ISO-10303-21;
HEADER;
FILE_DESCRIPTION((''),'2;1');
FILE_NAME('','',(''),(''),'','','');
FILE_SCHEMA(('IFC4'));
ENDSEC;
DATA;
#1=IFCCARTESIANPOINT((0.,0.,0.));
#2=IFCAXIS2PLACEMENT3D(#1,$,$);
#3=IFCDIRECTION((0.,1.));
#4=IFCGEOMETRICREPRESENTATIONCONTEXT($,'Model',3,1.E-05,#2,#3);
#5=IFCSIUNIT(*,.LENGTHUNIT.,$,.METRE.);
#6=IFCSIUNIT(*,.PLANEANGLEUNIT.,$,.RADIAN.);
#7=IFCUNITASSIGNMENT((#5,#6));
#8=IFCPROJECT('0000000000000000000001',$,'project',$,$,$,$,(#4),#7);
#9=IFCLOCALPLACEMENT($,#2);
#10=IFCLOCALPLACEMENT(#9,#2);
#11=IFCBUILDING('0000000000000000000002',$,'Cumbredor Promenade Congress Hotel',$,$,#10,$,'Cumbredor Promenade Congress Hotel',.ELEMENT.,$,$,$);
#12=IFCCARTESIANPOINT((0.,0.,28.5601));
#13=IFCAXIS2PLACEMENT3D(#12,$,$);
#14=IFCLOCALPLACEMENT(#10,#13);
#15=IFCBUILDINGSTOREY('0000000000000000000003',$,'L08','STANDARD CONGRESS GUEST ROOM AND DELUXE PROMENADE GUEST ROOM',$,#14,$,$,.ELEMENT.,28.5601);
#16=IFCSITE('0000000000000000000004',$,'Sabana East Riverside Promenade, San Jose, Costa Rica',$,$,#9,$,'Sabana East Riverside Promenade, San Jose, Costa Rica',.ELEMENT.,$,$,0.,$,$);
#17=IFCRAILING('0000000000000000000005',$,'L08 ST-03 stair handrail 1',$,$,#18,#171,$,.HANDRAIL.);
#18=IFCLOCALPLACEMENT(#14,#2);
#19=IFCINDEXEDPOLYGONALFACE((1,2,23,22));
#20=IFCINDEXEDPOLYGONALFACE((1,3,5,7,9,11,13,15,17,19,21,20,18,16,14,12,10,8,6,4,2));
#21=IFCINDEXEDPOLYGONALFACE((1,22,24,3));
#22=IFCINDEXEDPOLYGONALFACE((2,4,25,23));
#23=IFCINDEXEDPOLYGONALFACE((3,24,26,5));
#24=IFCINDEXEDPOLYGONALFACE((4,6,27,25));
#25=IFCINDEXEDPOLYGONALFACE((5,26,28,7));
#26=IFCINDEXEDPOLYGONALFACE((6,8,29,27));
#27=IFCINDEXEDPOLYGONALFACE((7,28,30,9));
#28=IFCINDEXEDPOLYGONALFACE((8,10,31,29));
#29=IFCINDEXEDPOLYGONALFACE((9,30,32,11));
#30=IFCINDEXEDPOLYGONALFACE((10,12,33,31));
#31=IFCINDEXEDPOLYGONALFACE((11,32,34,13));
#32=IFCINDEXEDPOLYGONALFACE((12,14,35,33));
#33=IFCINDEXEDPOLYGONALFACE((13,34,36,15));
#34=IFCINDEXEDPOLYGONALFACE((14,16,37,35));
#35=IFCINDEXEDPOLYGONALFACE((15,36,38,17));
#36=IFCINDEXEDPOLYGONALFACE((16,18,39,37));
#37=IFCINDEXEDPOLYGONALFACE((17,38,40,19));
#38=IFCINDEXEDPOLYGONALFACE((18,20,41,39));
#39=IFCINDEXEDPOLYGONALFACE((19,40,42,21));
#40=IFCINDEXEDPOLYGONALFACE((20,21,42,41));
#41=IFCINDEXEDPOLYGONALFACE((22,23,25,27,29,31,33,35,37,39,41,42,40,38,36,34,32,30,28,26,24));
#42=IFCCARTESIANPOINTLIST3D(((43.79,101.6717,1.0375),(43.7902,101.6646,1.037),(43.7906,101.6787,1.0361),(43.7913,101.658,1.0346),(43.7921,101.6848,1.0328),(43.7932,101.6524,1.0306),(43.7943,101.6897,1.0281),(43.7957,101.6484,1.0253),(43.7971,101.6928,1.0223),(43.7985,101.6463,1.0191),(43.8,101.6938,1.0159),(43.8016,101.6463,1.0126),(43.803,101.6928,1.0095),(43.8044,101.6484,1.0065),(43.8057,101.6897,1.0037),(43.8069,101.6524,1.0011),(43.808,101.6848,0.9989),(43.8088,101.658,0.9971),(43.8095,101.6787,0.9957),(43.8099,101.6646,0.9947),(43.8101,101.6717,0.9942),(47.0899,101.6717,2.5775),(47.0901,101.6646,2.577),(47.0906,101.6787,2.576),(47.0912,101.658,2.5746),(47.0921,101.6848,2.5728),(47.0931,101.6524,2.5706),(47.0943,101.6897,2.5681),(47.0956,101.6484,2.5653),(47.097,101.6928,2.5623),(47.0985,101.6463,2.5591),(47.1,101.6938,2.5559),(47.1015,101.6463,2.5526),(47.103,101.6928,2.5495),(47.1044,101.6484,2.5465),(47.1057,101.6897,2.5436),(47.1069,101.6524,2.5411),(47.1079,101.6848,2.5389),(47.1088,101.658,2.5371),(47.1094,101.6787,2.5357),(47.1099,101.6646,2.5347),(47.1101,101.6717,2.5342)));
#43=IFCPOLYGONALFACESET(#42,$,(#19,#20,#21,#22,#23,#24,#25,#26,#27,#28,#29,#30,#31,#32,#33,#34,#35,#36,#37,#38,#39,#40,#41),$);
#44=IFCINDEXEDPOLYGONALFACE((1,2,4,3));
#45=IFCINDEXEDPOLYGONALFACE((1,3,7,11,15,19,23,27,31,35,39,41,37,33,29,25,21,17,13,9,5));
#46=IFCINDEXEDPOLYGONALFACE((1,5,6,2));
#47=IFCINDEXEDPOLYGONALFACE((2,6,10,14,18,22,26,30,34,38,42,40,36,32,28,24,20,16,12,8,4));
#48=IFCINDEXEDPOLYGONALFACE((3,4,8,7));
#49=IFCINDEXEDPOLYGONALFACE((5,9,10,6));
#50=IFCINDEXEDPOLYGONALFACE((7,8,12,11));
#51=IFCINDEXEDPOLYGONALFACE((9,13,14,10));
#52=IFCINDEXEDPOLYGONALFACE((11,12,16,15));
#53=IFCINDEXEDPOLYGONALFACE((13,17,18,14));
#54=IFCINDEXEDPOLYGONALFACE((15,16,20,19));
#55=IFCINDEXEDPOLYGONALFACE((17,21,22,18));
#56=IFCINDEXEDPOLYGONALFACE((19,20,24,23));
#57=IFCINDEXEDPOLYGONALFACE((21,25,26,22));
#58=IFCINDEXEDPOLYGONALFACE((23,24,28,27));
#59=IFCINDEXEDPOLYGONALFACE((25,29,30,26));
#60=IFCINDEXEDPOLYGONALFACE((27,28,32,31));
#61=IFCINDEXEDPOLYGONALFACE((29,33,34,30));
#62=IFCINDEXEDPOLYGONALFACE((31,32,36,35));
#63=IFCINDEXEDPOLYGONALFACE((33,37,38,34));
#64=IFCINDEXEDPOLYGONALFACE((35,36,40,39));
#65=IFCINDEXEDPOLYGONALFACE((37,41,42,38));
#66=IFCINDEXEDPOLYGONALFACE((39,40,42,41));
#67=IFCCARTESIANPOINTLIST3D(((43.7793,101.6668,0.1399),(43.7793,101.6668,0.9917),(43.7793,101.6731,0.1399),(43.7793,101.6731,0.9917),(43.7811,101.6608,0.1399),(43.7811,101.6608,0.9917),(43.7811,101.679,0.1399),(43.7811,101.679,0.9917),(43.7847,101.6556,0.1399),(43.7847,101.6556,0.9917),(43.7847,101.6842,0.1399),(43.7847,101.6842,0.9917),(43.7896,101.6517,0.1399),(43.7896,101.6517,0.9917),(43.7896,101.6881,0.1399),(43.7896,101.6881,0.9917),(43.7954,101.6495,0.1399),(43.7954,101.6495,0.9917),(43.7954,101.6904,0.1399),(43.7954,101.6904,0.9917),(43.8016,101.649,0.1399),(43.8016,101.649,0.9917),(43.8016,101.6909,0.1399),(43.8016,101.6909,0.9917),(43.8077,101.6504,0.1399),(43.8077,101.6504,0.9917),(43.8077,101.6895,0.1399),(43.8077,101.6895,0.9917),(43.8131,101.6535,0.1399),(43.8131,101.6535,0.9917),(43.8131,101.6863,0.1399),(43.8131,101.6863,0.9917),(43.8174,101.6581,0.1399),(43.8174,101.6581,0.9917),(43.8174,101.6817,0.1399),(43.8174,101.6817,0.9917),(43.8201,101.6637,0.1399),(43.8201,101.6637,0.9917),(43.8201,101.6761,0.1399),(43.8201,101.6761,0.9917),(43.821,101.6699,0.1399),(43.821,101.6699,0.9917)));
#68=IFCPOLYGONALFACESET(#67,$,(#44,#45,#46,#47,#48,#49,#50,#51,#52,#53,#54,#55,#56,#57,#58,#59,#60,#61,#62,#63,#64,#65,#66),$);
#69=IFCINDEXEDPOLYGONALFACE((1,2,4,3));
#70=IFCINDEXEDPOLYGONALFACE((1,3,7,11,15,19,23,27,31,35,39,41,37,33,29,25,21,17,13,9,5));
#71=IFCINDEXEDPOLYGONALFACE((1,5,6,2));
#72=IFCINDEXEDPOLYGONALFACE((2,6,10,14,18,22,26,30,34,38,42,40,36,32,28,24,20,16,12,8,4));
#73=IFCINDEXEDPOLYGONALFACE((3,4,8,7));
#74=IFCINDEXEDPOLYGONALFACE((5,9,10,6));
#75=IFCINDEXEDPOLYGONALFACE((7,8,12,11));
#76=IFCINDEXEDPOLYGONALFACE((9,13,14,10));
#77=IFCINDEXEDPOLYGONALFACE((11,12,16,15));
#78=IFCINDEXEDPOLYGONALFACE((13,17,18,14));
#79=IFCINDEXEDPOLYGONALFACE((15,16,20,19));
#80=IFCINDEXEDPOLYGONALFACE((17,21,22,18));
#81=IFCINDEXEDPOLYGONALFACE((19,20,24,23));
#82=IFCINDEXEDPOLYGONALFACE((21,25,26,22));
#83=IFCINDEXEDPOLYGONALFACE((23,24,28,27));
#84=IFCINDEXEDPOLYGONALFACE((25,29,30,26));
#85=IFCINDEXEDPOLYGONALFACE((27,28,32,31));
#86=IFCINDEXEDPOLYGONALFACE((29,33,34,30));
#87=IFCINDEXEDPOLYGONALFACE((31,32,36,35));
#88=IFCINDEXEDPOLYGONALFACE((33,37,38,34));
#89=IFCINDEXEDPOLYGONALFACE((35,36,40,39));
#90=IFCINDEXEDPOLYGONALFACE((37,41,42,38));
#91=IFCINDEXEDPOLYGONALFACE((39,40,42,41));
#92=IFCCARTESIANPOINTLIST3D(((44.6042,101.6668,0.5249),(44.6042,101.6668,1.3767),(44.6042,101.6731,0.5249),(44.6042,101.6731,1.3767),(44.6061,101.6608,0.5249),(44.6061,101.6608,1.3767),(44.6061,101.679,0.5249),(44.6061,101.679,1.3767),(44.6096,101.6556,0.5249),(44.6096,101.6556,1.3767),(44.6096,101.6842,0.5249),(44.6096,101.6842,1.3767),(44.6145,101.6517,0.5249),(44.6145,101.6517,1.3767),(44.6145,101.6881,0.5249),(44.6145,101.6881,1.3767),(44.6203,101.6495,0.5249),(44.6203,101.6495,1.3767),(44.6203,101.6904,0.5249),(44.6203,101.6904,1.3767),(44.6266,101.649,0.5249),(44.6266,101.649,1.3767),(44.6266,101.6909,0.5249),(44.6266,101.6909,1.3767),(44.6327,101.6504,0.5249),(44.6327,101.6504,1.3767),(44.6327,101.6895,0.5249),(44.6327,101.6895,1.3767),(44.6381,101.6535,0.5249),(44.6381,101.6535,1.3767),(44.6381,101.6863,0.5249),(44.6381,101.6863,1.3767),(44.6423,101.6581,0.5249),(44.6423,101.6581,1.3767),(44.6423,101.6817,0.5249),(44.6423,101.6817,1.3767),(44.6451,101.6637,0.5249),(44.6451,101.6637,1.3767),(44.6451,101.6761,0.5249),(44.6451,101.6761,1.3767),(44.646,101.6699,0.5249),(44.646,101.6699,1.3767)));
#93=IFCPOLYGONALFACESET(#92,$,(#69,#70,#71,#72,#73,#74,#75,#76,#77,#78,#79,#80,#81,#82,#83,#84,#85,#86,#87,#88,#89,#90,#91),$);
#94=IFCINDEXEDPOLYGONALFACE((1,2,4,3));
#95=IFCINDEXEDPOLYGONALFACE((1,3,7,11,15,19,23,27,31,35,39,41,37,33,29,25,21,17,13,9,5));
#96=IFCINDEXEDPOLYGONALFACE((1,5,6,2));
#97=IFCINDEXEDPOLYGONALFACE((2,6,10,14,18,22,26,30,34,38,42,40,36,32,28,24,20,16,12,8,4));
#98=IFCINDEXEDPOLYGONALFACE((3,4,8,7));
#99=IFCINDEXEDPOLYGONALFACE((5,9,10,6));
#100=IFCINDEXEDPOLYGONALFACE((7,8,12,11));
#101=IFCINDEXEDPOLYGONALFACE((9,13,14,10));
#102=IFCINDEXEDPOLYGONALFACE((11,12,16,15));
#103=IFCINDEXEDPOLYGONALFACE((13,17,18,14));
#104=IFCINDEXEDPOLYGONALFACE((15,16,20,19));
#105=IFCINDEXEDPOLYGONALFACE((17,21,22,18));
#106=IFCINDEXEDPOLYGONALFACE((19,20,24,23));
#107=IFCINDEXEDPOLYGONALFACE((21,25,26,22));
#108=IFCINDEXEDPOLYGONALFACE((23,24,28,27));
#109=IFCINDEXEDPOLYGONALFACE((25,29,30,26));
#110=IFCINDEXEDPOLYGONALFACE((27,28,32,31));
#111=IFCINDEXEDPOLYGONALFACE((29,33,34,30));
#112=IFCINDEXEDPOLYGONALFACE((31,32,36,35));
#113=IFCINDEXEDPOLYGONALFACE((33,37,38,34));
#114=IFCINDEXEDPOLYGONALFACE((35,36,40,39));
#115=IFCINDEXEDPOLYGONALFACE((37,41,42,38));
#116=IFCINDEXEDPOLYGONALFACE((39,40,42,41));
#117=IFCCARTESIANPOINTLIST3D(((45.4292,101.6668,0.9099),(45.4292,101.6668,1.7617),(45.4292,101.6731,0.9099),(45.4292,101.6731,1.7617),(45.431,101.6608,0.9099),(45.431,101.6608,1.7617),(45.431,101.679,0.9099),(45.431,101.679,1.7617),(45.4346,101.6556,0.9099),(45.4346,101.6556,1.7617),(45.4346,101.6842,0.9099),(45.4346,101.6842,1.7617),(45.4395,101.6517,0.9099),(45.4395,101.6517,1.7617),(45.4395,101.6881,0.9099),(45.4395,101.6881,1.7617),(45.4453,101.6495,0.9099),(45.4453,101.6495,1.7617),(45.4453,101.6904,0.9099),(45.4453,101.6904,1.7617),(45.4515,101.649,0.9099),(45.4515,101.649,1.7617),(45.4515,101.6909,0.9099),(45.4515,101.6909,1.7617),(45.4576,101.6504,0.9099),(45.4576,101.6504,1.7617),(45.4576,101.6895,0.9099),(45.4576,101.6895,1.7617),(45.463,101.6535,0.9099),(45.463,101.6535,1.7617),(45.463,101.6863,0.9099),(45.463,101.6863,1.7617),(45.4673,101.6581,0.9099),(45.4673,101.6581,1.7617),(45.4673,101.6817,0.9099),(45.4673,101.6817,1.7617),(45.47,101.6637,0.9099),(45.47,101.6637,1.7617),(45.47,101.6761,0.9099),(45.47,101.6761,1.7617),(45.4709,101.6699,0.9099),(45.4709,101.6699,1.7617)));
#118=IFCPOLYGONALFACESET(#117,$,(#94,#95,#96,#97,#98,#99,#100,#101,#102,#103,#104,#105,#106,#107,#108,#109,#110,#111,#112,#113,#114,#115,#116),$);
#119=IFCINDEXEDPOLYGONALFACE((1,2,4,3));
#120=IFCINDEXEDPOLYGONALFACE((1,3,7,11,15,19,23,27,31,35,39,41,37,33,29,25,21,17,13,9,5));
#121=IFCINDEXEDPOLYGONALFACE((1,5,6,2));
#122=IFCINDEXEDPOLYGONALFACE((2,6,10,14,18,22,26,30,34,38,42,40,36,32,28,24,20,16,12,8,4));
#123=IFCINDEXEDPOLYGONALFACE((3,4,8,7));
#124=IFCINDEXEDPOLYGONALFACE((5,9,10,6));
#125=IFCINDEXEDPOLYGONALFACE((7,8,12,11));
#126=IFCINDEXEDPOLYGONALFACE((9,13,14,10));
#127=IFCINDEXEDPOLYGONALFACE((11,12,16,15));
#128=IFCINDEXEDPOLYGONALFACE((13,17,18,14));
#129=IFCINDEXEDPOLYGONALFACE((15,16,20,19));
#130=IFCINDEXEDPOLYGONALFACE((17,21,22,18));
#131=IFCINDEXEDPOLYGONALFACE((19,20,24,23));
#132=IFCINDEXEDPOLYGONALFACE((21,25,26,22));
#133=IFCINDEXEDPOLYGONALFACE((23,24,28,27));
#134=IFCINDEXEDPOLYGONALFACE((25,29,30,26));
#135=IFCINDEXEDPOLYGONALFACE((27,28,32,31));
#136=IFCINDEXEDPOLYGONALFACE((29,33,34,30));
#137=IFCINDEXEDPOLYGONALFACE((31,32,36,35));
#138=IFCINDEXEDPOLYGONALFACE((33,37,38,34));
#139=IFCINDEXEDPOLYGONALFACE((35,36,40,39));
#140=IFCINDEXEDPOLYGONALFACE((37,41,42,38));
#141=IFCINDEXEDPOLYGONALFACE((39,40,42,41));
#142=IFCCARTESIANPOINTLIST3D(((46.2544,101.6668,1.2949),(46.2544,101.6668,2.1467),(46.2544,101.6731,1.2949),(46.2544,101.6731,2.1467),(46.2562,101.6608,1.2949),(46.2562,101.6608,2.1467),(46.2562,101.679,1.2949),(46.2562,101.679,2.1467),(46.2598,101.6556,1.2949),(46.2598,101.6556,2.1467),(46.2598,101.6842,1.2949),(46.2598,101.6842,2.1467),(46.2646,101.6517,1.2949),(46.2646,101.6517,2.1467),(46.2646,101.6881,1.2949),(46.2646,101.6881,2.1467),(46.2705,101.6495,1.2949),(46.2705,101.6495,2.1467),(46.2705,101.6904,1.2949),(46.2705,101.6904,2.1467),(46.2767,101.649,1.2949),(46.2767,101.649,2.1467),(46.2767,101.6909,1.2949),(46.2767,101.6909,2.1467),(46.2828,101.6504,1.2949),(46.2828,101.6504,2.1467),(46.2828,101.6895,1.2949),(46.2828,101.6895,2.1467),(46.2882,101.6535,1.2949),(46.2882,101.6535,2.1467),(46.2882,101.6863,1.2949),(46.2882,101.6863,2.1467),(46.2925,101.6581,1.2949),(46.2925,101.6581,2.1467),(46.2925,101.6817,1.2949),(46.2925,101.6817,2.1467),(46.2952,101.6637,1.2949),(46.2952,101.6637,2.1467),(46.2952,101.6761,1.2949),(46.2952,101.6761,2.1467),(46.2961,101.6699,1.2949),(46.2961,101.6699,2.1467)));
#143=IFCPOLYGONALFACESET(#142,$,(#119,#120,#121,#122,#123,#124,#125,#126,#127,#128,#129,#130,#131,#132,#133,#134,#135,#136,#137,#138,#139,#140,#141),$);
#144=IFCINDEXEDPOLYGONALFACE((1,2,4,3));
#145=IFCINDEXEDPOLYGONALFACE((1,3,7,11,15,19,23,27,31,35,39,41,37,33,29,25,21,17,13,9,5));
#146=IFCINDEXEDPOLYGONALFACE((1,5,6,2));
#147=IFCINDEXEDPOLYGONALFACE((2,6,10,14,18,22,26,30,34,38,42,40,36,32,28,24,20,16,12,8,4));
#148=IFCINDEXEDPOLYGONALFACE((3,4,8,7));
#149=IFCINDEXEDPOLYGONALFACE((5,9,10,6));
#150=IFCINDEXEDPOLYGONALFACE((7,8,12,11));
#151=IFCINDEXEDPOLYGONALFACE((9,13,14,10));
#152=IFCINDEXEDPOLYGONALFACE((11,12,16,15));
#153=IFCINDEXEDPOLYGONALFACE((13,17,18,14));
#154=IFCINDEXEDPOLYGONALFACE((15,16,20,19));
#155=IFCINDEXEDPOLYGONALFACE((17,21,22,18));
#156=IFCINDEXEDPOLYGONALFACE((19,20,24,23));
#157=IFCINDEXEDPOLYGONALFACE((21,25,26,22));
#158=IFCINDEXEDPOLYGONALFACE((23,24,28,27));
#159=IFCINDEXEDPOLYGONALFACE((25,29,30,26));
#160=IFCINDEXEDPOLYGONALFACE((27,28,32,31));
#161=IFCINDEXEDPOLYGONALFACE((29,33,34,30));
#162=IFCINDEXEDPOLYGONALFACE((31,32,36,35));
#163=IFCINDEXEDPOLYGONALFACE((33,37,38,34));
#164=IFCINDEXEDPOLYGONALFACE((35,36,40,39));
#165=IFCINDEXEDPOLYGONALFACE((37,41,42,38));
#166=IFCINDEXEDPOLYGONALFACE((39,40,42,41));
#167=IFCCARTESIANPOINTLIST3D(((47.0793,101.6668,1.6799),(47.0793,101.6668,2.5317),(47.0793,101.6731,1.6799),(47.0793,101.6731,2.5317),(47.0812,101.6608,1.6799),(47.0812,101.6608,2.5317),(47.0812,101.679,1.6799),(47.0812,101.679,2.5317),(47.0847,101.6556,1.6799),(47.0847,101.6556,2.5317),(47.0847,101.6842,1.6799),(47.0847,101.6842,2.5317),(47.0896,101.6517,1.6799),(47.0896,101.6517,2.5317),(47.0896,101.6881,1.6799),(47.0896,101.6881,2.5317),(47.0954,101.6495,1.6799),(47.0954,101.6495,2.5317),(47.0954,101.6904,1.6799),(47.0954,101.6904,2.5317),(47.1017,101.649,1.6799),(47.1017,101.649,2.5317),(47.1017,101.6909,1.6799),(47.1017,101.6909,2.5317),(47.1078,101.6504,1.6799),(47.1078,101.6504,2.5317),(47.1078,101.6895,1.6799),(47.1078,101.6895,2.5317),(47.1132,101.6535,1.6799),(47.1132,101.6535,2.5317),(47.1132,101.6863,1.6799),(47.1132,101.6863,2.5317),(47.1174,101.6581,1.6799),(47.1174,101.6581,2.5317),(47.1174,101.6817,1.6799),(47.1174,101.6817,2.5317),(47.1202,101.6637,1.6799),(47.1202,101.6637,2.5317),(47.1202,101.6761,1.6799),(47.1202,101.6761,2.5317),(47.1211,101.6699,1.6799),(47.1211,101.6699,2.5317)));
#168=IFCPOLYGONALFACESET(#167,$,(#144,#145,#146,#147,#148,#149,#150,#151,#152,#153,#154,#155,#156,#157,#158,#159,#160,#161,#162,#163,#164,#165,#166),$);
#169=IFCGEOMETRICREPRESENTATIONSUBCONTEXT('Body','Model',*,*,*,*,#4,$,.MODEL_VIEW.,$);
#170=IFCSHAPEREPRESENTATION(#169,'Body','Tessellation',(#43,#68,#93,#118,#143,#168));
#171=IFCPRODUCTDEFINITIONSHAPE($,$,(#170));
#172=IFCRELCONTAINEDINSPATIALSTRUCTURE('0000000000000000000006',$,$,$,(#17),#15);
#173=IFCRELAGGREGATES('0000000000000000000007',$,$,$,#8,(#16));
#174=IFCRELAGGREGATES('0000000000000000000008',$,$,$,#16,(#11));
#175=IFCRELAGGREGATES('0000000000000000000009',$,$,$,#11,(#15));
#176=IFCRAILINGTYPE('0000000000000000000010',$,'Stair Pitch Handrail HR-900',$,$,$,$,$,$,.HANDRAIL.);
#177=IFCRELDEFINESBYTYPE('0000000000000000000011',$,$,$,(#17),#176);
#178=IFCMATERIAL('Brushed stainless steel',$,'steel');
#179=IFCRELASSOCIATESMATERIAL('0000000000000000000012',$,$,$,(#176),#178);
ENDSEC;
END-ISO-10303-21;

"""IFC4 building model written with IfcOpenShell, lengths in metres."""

from ifc_helpers import new_model, si_unit, direction, frame, origin, origin_2d, place, context, subcontext, project, spatial, circle, extrude, material, type_object, element, save


model = new_model("IFC4")

# Units and contexts
model_context = context("Model", 3, precision=1e-05, world=origin(), true_north=direction((0.0, 1.0)))
body_context = subcontext(model_context, "Body", "Model", "MODEL_VIEW")
ifc_project = project(units=[si_unit("LENGTHUNIT", "METRE"), si_unit("PLANEANGLEUNIT", "RADIAN")], contexts=[model_context])

# Site, building, storey
site_placement = place(None, origin())
site = spatial("IfcSite", under=ifc_project, at=site_placement, Name="Sabana East Riverside Promenade, San Jose, Costa Rica", LongName="Sabana East Riverside Promenade, San Jose, Costa Rica", CompositionType="ELEMENT", RefElevation=0.0)
building_placement = place(site_placement, origin())
building = spatial("IfcBuilding", under=site, at=building_placement, Name="Cumbredor Promenade Congress Hotel", LongName="Cumbredor Promenade Congress Hotel", CompositionType="ELEMENT")
storey_placement = place(building_placement, frame((0.0, 0.0, 28.5601)))
storey = spatial("IfcBuildingStorey", under=building, at=storey_placement, Name="L08", Description="STANDARD CONGRESS GUEST ROOM AND DELUXE PROMENADE GUEST ROOM", CompositionType="ELEMENT", Elevation=28.5601)

# Railing
ifc_material_1 = material(Name="Brushed stainless steel", Category="steel")
railing_type_1 = type_object("IfcRailingType", Name="Stair Pitch Handrail HR-900", PredefinedType="HANDRAIL", material=ifc_material_1)
railing_1_placement = place(storey_placement, frame((43.8, 101.6699, 0.1399)))
element("IfcRailing", 1, at=railing_1_placement, inside=storey, type_object=railing_type_1, Name="L08 ST-03 stair handrail 1", PredefinedType="HANDRAIL", context=body_context, shape_type="SweptSolid", body=[
    extrude(circle(Radius=0.0239, at=origin_2d()), frame((0.0, 0.0, 0.876), z_axis=(0.906181, 0.0, 0.422889), x_axis=(0.0, 1.0, 0.0)), (0.0, 0.0, 1.0), 3.6416),
    extrude(circle(Radius=0.021, at=origin_2d()), origin(), (0.0, 0.0, 1.0), 0.8518),
    extrude(circle(Radius=0.021, at=origin_2d()), frame((0.825, 0.0, 0.385)), (0.0, 0.0, 1.0), 0.8518),
    extrude(circle(Radius=0.021, at=origin_2d()), frame((1.6499, 0.0, 0.77)), (0.0, 0.0, 1.0), 0.8518),
    extrude(circle(Radius=0.021, at=origin_2d()), frame((2.4751, 0.0, 1.155)), (0.0, 0.0, 1.0), 0.8518),
    extrude(circle(Radius=0.021, at=origin_2d()), frame((3.3, 0.0, 1.54)), (0.0, 0.0, 1.0), 0.8518),
])

save(model, "model.ifc")
